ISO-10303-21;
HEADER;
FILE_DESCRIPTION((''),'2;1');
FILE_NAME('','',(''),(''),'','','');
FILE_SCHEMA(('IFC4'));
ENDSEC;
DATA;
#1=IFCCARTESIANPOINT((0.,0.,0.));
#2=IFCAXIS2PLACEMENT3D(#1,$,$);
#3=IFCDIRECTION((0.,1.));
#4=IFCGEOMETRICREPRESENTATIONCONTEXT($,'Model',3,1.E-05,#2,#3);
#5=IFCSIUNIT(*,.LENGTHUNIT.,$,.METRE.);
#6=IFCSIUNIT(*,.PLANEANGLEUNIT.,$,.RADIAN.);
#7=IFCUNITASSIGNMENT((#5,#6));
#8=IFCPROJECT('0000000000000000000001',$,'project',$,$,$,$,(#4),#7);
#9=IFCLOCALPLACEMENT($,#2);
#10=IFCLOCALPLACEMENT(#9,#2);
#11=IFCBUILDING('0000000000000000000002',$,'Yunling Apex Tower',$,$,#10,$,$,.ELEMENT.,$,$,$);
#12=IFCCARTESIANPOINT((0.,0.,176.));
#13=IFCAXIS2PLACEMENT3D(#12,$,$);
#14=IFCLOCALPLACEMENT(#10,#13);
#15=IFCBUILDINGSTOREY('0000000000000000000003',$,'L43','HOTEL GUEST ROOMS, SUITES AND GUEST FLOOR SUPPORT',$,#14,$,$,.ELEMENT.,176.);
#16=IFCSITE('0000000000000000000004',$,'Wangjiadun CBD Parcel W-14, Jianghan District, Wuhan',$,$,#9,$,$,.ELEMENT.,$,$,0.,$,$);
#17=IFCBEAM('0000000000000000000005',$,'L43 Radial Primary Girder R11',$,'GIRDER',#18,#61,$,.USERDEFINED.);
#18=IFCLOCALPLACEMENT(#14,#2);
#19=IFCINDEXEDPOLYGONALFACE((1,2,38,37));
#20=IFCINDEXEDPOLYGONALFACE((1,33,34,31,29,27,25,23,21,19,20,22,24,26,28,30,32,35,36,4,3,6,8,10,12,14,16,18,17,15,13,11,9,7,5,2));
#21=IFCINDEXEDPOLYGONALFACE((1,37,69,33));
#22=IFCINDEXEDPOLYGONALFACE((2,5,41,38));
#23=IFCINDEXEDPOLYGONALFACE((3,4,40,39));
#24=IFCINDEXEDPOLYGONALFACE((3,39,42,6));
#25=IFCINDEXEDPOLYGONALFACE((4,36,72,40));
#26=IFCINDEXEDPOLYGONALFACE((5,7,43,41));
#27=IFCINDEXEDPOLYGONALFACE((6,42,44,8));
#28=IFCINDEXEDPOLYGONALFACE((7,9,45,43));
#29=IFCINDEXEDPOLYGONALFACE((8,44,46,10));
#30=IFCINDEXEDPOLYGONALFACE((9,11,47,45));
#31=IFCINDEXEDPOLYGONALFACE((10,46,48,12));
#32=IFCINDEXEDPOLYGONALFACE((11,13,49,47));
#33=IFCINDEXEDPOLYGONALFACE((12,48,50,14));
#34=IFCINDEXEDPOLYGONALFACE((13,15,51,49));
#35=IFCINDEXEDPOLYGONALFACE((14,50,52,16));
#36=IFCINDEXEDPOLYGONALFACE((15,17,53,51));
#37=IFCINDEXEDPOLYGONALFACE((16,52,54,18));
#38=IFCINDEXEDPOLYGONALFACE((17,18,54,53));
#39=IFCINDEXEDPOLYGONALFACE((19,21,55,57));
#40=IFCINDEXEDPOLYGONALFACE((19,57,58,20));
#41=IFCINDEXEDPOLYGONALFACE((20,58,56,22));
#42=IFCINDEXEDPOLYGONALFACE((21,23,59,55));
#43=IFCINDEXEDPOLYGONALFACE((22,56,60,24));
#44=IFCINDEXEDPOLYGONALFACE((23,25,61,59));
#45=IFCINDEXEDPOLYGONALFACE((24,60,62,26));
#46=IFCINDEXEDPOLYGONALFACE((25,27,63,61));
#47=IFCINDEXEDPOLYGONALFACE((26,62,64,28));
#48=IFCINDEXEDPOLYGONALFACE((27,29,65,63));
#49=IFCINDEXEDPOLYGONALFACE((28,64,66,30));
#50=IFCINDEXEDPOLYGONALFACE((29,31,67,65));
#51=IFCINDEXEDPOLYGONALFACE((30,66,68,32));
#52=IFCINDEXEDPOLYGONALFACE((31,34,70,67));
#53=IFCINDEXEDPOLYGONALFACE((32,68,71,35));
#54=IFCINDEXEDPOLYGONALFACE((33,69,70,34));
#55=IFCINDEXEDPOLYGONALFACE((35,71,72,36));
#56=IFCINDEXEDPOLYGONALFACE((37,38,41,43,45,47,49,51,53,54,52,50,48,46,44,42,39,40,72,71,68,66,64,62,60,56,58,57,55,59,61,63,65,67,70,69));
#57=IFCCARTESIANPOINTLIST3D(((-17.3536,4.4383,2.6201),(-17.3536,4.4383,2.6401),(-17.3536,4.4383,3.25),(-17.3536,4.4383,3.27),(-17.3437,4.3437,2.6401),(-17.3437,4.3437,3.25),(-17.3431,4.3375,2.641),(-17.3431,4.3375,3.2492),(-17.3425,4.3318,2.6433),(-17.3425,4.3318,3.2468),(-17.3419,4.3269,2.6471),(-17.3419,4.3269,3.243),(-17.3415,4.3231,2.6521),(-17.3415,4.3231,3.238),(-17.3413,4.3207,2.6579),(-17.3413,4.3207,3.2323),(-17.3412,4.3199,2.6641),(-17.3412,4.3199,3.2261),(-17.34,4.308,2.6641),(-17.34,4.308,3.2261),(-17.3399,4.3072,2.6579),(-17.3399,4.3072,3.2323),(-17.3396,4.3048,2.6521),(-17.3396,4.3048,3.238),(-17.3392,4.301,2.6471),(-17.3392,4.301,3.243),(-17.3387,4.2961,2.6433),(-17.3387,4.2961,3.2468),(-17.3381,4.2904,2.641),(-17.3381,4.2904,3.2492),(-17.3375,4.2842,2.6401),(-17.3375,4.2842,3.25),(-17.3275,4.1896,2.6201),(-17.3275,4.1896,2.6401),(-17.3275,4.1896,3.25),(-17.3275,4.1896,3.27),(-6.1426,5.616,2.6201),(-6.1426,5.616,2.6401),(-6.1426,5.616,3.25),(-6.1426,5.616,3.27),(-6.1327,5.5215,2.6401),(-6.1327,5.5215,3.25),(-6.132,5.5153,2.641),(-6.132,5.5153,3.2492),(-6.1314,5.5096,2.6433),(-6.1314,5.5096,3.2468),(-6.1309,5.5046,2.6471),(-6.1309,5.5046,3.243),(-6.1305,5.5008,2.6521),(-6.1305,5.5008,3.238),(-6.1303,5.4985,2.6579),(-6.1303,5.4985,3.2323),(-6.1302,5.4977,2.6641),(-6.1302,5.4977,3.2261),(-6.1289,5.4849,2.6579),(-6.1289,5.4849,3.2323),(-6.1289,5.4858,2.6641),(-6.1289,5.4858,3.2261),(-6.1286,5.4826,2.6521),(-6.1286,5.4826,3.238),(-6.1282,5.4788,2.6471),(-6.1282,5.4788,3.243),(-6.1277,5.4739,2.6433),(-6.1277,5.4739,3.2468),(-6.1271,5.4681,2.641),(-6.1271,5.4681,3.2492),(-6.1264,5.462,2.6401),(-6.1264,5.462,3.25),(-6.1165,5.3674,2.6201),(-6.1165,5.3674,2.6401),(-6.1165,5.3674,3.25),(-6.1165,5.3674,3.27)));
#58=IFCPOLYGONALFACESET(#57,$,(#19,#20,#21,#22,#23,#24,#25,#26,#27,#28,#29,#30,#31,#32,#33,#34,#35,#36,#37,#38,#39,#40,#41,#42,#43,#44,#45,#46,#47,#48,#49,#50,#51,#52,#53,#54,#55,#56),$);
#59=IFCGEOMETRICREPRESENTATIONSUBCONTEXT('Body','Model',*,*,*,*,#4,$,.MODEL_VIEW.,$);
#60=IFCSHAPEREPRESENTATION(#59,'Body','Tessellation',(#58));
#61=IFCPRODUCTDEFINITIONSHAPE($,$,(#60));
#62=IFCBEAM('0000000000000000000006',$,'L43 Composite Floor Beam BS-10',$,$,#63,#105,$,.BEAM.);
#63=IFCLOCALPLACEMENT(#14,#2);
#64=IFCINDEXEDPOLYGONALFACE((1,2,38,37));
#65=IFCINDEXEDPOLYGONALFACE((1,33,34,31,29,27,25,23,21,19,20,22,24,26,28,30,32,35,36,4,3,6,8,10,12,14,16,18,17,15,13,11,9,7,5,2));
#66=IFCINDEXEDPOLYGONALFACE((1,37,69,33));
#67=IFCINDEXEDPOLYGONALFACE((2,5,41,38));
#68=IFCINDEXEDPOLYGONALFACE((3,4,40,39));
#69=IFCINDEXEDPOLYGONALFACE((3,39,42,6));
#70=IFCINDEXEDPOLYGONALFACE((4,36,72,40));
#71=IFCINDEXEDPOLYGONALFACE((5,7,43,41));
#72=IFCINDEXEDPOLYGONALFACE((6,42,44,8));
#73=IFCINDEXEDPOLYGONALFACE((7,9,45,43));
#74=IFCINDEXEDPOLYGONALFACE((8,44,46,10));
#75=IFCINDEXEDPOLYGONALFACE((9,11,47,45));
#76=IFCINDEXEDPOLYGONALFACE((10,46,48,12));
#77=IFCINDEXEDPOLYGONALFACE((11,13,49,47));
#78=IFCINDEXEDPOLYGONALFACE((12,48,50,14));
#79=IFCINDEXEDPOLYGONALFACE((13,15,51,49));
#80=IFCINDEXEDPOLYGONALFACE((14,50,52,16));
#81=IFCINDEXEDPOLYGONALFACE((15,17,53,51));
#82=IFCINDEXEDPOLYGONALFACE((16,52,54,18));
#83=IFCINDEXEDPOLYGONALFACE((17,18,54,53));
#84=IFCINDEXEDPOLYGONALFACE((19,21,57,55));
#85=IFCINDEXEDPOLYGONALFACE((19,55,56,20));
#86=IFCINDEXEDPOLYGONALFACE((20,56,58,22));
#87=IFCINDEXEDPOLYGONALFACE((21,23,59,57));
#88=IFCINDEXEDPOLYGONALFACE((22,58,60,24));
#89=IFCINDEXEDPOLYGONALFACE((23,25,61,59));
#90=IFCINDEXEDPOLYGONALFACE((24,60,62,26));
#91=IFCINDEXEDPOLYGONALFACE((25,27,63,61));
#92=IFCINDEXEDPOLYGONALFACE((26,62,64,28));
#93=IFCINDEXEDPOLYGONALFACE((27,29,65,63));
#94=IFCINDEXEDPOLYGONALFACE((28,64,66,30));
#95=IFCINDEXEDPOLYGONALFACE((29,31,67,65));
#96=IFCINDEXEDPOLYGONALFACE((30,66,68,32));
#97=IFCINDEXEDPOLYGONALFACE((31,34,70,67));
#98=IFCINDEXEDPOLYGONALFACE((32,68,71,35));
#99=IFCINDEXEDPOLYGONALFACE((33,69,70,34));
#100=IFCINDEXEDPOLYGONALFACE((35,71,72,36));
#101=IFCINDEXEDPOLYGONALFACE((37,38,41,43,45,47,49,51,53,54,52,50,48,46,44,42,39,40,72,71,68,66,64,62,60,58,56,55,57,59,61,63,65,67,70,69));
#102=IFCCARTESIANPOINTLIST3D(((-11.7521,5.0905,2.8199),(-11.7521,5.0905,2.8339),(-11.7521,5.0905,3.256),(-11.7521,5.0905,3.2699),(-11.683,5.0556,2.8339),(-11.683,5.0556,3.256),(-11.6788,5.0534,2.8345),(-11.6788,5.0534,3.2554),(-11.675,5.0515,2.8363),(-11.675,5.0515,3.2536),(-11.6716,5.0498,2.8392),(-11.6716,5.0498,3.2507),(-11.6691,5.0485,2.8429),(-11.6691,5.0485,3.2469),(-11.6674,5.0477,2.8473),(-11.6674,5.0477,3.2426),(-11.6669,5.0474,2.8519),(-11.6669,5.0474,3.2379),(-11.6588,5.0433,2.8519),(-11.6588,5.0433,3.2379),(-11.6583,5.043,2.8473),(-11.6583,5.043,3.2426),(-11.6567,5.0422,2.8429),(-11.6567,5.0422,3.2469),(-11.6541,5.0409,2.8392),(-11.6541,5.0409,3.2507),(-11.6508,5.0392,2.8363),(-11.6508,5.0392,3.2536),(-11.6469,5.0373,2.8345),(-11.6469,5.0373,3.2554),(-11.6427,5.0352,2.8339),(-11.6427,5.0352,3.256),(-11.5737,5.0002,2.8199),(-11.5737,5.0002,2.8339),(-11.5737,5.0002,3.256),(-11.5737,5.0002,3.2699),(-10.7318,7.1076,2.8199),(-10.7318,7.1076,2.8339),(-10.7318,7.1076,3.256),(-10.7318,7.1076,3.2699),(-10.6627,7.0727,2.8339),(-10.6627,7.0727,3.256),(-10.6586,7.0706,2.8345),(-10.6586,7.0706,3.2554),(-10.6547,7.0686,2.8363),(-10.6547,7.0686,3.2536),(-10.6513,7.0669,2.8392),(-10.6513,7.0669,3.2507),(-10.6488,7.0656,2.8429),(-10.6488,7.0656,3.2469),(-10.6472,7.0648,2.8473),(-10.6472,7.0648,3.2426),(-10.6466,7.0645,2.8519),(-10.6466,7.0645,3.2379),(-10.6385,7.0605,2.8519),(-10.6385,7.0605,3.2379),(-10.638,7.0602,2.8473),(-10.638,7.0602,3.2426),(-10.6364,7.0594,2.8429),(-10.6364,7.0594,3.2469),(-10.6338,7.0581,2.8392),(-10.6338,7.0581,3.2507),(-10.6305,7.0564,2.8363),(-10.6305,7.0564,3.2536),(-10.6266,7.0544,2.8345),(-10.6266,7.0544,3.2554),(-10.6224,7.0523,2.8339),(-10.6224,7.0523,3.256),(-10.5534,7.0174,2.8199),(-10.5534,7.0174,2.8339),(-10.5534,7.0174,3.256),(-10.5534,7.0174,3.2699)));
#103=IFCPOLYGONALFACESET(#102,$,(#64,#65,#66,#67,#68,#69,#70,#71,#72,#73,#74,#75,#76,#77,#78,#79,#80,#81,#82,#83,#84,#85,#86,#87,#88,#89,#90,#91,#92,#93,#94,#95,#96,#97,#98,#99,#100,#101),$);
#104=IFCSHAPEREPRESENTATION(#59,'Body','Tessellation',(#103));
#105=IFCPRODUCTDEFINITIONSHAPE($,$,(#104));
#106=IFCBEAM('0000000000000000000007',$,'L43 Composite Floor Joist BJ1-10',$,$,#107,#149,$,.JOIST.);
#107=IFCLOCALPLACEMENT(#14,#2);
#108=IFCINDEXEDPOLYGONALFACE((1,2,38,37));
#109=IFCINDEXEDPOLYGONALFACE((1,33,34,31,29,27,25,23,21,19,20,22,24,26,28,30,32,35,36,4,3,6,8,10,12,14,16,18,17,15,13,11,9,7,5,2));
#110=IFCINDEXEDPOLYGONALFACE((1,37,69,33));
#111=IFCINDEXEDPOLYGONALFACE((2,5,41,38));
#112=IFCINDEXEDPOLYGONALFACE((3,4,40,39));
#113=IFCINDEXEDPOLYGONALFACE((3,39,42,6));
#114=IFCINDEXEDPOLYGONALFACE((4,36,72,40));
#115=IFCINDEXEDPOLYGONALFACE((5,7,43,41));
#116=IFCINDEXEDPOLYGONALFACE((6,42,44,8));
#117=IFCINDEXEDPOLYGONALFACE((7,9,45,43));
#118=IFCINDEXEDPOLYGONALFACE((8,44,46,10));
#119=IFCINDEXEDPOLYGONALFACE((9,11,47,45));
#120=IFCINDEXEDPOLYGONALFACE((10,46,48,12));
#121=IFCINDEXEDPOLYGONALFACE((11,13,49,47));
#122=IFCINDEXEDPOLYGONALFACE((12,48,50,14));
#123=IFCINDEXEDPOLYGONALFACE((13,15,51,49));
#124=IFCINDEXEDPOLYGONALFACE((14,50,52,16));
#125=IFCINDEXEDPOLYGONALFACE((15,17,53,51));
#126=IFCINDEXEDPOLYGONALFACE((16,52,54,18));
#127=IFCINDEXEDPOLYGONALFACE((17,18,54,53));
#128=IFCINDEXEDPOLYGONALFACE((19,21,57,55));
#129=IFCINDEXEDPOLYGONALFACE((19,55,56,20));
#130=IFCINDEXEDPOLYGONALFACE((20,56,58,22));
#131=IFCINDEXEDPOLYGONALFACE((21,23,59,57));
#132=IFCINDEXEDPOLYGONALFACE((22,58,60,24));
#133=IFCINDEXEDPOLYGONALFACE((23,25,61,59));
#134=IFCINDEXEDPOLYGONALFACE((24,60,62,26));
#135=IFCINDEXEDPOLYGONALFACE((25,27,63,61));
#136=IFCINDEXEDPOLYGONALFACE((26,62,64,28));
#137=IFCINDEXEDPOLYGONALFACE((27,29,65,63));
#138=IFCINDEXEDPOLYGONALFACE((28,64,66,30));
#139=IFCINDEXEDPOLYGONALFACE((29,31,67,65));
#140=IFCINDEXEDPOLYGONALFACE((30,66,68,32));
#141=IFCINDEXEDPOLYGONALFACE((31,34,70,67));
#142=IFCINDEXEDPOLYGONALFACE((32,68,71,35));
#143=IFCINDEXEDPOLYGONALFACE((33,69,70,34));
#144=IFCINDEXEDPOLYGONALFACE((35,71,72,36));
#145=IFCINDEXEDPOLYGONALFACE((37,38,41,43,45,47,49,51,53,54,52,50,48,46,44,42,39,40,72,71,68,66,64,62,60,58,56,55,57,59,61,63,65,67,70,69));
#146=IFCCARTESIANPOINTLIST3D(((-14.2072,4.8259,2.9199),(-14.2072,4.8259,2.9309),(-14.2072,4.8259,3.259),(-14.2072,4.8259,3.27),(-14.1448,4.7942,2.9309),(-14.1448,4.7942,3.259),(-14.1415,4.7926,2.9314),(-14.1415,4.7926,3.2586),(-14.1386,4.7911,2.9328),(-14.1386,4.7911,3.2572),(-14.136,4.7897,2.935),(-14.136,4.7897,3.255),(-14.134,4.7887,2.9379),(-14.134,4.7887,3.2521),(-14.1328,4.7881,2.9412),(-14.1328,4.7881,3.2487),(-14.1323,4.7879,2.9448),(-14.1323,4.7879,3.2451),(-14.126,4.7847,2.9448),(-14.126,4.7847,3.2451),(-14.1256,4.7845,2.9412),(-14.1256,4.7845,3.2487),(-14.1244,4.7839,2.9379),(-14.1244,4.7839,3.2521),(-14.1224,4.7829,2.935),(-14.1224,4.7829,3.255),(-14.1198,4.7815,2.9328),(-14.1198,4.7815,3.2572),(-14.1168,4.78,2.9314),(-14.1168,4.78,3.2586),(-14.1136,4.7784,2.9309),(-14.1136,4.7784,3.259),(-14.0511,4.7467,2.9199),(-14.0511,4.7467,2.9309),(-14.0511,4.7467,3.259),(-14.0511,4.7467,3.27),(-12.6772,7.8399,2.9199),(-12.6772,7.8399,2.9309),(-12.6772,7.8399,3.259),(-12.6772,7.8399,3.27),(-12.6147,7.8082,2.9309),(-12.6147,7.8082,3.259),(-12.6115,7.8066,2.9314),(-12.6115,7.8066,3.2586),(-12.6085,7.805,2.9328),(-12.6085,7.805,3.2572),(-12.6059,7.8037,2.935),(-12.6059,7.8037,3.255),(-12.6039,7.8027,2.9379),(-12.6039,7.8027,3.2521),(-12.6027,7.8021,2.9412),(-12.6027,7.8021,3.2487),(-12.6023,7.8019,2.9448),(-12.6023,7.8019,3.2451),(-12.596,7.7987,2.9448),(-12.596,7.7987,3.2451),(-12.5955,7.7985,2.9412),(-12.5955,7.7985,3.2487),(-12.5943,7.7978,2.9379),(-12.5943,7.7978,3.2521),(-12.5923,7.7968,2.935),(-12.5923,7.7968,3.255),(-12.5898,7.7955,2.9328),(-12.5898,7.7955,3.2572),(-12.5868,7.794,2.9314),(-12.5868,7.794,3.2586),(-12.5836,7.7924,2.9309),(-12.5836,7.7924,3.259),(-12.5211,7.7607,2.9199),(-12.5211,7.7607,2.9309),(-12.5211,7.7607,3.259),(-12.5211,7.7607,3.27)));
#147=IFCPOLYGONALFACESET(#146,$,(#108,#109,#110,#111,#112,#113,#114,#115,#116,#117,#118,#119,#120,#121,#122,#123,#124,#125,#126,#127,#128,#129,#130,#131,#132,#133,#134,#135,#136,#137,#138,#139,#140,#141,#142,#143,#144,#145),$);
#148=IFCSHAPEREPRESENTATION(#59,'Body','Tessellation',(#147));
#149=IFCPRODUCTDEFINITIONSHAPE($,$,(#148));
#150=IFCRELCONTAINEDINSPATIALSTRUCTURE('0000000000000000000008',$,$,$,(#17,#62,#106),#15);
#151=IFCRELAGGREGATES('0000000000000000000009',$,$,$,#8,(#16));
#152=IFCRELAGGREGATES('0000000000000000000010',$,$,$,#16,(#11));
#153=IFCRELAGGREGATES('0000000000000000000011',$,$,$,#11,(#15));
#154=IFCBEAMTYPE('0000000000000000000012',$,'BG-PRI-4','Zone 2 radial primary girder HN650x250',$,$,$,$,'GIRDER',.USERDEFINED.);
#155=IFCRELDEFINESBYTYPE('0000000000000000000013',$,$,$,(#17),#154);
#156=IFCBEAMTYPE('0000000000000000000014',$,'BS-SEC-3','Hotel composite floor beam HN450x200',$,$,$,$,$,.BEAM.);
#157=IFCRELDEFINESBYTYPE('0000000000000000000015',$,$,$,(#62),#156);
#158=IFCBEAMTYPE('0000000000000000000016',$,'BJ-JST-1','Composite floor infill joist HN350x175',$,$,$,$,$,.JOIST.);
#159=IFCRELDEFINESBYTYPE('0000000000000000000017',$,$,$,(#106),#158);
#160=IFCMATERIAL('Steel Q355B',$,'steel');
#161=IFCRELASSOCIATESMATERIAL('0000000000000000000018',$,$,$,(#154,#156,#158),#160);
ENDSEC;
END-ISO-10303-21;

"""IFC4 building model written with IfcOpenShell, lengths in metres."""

from ifc_helpers import new_model, si_unit, direction, frame, origin, origin_2d, place, context, subcontext, project, spatial, i_section, extrude, source, transform, mapped, material, material_profile, profile_set, type_object, element, save


model = new_model("IFC4")

# Units and contexts
model_context = context("Model", 3, precision=1e-05, world=origin(), true_north=direction((0.0, 1.0)))
body_context = subcontext(model_context, "Body", "Model", "MODEL_VIEW")
ifc_project = project(units=[si_unit("LENGTHUNIT", "METRE"), si_unit("PLANEANGLEUNIT", "RADIAN")], contexts=[model_context])

# Site, building, storey
site_placement = place(None, origin())
site = spatial("IfcSite", under=ifc_project, at=site_placement, Name="Wangjiadun CBD Parcel W-14, Jianghan District, Wuhan", CompositionType="ELEMENT", RefElevation=0.0)
building_placement = place(site_placement, origin())
building = spatial("IfcBuilding", under=site, at=building_placement, Name="Yunling Apex Tower", CompositionType="ELEMENT")
storey_placement = place(building_placement, frame((0.0, 0.0, 176.0)))
storey = spatial("IfcBuildingStorey", under=building, at=storey_placement, Name="L43", Description="HOTEL GUEST ROOMS, SUITES AND GUEST FLOOR SUPPORT", CompositionType="ELEMENT", Elevation=176.0)

# Beams
ifc_material_1 = material(Name="Steel Q355B", Category="steel")
ifc_material_profile_1 = material_profile(ifc_material_1, i_section(OverallWidth=0.25, OverallDepth=0.6499, WebThickness=0.012, FlangeThickness=0.02, FilletRadius=0.0239, at=origin_2d()))
ifc_profile_set_1 = profile_set([ifc_material_profile_1], Name="Steel Q355B")
beam_type_1 = type_object("IfcBeamType", Name="BG-PRI-4", Description="Zone 2 radial primary girder HN650x250", ElementType="GIRDER", PredefinedType="USERDEFINED", material=ifc_profile_set_1)
shared_shape_1 = source(origin(), body_context, "Body", "SweptSolid", [
    extrude(i_section(OverallWidth=0.25, OverallDepth=0.6499, WebThickness=0.012, FlangeThickness=0.02, FilletRadius=0.0239, at=origin_2d()), origin(), (0.0, 0.0, 1.0), 11.2727),
])
beam_1_placement = place(storey_placement, frame((-17.3406, 4.314, 2.9451), z_axis=(0.994527, 0.104477, 0.0), x_axis=(-0.104477, 0.994527, 0.0)))
element("IfcBeam", 1, at=beam_1_placement, inside=storey, type_object=beam_type_1, Name="L43 Radial Primary Girder R11", ObjectType="GIRDER", PredefinedType="USERDEFINED", context=body_context, shape_type="MappedRepresentation", body=[
    mapped(shared_shape_1, transform((0.0, 0.0, 0.0), scale=1.0)),
])
ifc_material_profile_2 = material_profile(ifc_material_1, i_section(OverallWidth=0.2, OverallDepth=0.45, WebThickness=0.009, FlangeThickness=0.0139, FilletRadius=0.0181, at=origin_2d()))
ifc_profile_set_2 = profile_set([ifc_material_profile_2], Name="Steel Q355B")
beam_type_2 = type_object("IfcBeamType", Name="BS-SEC-3", Description="Hotel composite floor beam HN450x200", PredefinedType="BEAM", material=ifc_profile_set_2)
shared_shape_2 = source(origin(), body_context, "Body", "SweptSolid", [
    extrude(i_section(OverallWidth=0.2, OverallDepth=0.45, WebThickness=0.009, FlangeThickness=0.0139, FilletRadius=0.0181, at=origin_2d()), origin(), (0.0, 0.0, 1.0), 2.2605),
])
beam_2_placement = place(storey_placement, frame((-10.6426, 7.0625, 3.0449), z_axis=(-0.451356, -0.892344, 0.0), x_axis=(0.892344, -0.451356, 0.0)))
element("IfcBeam", 2, at=beam_2_placement, inside=storey, type_object=beam_type_2, Name="L43 Composite Floor Beam BS-10", PredefinedType="BEAM", context=body_context, shape_type="MappedRepresentation", body=[
    mapped(shared_shape_2, transform((0.0, 0.0, 0.0), scale=1.0)),
])
ifc_material_profile_3 = material_profile(ifc_material_1, i_section(OverallWidth=0.175, OverallDepth=0.3501, WebThickness=0.0071, FlangeThickness=0.011, FilletRadius=0.0139, at=origin_2d()))
ifc_profile_set_3 = profile_set([ifc_material_profile_3], Name="Steel Q355B")
beam_type_3 = type_object("IfcBeamType", Name="BJ-JST-1", Description="Composite floor infill joist HN350x175", PredefinedType="JOIST", material=ifc_profile_set_3)
shared_shape_3 = source(origin(), body_context, "Body", "SweptSolid", [
    extrude(i_section(OverallWidth=0.175, OverallDepth=0.3501, WebThickness=0.0071, FlangeThickness=0.011, FilletRadius=0.0139, at=origin_2d()), origin(), (0.0, 0.0, 1.0), 3.3801),
])
beam_3_placement = place(storey_placement, frame((-12.5991, 7.8003, 3.095), z_axis=(-0.452666, -0.89168, 0.0), x_axis=(0.89168, -0.452666, 0.0)))
element("IfcBeam", 3, at=beam_3_placement, inside=storey, type_object=beam_type_3, Name="L43 Composite Floor Joist BJ1-10", PredefinedType="JOIST", context=body_context, shape_type="MappedRepresentation", body=[
    mapped(shared_shape_3, transform((0.0, 0.0, 0.0), scale=1.0)),
])

save(model, "model.ifc")
